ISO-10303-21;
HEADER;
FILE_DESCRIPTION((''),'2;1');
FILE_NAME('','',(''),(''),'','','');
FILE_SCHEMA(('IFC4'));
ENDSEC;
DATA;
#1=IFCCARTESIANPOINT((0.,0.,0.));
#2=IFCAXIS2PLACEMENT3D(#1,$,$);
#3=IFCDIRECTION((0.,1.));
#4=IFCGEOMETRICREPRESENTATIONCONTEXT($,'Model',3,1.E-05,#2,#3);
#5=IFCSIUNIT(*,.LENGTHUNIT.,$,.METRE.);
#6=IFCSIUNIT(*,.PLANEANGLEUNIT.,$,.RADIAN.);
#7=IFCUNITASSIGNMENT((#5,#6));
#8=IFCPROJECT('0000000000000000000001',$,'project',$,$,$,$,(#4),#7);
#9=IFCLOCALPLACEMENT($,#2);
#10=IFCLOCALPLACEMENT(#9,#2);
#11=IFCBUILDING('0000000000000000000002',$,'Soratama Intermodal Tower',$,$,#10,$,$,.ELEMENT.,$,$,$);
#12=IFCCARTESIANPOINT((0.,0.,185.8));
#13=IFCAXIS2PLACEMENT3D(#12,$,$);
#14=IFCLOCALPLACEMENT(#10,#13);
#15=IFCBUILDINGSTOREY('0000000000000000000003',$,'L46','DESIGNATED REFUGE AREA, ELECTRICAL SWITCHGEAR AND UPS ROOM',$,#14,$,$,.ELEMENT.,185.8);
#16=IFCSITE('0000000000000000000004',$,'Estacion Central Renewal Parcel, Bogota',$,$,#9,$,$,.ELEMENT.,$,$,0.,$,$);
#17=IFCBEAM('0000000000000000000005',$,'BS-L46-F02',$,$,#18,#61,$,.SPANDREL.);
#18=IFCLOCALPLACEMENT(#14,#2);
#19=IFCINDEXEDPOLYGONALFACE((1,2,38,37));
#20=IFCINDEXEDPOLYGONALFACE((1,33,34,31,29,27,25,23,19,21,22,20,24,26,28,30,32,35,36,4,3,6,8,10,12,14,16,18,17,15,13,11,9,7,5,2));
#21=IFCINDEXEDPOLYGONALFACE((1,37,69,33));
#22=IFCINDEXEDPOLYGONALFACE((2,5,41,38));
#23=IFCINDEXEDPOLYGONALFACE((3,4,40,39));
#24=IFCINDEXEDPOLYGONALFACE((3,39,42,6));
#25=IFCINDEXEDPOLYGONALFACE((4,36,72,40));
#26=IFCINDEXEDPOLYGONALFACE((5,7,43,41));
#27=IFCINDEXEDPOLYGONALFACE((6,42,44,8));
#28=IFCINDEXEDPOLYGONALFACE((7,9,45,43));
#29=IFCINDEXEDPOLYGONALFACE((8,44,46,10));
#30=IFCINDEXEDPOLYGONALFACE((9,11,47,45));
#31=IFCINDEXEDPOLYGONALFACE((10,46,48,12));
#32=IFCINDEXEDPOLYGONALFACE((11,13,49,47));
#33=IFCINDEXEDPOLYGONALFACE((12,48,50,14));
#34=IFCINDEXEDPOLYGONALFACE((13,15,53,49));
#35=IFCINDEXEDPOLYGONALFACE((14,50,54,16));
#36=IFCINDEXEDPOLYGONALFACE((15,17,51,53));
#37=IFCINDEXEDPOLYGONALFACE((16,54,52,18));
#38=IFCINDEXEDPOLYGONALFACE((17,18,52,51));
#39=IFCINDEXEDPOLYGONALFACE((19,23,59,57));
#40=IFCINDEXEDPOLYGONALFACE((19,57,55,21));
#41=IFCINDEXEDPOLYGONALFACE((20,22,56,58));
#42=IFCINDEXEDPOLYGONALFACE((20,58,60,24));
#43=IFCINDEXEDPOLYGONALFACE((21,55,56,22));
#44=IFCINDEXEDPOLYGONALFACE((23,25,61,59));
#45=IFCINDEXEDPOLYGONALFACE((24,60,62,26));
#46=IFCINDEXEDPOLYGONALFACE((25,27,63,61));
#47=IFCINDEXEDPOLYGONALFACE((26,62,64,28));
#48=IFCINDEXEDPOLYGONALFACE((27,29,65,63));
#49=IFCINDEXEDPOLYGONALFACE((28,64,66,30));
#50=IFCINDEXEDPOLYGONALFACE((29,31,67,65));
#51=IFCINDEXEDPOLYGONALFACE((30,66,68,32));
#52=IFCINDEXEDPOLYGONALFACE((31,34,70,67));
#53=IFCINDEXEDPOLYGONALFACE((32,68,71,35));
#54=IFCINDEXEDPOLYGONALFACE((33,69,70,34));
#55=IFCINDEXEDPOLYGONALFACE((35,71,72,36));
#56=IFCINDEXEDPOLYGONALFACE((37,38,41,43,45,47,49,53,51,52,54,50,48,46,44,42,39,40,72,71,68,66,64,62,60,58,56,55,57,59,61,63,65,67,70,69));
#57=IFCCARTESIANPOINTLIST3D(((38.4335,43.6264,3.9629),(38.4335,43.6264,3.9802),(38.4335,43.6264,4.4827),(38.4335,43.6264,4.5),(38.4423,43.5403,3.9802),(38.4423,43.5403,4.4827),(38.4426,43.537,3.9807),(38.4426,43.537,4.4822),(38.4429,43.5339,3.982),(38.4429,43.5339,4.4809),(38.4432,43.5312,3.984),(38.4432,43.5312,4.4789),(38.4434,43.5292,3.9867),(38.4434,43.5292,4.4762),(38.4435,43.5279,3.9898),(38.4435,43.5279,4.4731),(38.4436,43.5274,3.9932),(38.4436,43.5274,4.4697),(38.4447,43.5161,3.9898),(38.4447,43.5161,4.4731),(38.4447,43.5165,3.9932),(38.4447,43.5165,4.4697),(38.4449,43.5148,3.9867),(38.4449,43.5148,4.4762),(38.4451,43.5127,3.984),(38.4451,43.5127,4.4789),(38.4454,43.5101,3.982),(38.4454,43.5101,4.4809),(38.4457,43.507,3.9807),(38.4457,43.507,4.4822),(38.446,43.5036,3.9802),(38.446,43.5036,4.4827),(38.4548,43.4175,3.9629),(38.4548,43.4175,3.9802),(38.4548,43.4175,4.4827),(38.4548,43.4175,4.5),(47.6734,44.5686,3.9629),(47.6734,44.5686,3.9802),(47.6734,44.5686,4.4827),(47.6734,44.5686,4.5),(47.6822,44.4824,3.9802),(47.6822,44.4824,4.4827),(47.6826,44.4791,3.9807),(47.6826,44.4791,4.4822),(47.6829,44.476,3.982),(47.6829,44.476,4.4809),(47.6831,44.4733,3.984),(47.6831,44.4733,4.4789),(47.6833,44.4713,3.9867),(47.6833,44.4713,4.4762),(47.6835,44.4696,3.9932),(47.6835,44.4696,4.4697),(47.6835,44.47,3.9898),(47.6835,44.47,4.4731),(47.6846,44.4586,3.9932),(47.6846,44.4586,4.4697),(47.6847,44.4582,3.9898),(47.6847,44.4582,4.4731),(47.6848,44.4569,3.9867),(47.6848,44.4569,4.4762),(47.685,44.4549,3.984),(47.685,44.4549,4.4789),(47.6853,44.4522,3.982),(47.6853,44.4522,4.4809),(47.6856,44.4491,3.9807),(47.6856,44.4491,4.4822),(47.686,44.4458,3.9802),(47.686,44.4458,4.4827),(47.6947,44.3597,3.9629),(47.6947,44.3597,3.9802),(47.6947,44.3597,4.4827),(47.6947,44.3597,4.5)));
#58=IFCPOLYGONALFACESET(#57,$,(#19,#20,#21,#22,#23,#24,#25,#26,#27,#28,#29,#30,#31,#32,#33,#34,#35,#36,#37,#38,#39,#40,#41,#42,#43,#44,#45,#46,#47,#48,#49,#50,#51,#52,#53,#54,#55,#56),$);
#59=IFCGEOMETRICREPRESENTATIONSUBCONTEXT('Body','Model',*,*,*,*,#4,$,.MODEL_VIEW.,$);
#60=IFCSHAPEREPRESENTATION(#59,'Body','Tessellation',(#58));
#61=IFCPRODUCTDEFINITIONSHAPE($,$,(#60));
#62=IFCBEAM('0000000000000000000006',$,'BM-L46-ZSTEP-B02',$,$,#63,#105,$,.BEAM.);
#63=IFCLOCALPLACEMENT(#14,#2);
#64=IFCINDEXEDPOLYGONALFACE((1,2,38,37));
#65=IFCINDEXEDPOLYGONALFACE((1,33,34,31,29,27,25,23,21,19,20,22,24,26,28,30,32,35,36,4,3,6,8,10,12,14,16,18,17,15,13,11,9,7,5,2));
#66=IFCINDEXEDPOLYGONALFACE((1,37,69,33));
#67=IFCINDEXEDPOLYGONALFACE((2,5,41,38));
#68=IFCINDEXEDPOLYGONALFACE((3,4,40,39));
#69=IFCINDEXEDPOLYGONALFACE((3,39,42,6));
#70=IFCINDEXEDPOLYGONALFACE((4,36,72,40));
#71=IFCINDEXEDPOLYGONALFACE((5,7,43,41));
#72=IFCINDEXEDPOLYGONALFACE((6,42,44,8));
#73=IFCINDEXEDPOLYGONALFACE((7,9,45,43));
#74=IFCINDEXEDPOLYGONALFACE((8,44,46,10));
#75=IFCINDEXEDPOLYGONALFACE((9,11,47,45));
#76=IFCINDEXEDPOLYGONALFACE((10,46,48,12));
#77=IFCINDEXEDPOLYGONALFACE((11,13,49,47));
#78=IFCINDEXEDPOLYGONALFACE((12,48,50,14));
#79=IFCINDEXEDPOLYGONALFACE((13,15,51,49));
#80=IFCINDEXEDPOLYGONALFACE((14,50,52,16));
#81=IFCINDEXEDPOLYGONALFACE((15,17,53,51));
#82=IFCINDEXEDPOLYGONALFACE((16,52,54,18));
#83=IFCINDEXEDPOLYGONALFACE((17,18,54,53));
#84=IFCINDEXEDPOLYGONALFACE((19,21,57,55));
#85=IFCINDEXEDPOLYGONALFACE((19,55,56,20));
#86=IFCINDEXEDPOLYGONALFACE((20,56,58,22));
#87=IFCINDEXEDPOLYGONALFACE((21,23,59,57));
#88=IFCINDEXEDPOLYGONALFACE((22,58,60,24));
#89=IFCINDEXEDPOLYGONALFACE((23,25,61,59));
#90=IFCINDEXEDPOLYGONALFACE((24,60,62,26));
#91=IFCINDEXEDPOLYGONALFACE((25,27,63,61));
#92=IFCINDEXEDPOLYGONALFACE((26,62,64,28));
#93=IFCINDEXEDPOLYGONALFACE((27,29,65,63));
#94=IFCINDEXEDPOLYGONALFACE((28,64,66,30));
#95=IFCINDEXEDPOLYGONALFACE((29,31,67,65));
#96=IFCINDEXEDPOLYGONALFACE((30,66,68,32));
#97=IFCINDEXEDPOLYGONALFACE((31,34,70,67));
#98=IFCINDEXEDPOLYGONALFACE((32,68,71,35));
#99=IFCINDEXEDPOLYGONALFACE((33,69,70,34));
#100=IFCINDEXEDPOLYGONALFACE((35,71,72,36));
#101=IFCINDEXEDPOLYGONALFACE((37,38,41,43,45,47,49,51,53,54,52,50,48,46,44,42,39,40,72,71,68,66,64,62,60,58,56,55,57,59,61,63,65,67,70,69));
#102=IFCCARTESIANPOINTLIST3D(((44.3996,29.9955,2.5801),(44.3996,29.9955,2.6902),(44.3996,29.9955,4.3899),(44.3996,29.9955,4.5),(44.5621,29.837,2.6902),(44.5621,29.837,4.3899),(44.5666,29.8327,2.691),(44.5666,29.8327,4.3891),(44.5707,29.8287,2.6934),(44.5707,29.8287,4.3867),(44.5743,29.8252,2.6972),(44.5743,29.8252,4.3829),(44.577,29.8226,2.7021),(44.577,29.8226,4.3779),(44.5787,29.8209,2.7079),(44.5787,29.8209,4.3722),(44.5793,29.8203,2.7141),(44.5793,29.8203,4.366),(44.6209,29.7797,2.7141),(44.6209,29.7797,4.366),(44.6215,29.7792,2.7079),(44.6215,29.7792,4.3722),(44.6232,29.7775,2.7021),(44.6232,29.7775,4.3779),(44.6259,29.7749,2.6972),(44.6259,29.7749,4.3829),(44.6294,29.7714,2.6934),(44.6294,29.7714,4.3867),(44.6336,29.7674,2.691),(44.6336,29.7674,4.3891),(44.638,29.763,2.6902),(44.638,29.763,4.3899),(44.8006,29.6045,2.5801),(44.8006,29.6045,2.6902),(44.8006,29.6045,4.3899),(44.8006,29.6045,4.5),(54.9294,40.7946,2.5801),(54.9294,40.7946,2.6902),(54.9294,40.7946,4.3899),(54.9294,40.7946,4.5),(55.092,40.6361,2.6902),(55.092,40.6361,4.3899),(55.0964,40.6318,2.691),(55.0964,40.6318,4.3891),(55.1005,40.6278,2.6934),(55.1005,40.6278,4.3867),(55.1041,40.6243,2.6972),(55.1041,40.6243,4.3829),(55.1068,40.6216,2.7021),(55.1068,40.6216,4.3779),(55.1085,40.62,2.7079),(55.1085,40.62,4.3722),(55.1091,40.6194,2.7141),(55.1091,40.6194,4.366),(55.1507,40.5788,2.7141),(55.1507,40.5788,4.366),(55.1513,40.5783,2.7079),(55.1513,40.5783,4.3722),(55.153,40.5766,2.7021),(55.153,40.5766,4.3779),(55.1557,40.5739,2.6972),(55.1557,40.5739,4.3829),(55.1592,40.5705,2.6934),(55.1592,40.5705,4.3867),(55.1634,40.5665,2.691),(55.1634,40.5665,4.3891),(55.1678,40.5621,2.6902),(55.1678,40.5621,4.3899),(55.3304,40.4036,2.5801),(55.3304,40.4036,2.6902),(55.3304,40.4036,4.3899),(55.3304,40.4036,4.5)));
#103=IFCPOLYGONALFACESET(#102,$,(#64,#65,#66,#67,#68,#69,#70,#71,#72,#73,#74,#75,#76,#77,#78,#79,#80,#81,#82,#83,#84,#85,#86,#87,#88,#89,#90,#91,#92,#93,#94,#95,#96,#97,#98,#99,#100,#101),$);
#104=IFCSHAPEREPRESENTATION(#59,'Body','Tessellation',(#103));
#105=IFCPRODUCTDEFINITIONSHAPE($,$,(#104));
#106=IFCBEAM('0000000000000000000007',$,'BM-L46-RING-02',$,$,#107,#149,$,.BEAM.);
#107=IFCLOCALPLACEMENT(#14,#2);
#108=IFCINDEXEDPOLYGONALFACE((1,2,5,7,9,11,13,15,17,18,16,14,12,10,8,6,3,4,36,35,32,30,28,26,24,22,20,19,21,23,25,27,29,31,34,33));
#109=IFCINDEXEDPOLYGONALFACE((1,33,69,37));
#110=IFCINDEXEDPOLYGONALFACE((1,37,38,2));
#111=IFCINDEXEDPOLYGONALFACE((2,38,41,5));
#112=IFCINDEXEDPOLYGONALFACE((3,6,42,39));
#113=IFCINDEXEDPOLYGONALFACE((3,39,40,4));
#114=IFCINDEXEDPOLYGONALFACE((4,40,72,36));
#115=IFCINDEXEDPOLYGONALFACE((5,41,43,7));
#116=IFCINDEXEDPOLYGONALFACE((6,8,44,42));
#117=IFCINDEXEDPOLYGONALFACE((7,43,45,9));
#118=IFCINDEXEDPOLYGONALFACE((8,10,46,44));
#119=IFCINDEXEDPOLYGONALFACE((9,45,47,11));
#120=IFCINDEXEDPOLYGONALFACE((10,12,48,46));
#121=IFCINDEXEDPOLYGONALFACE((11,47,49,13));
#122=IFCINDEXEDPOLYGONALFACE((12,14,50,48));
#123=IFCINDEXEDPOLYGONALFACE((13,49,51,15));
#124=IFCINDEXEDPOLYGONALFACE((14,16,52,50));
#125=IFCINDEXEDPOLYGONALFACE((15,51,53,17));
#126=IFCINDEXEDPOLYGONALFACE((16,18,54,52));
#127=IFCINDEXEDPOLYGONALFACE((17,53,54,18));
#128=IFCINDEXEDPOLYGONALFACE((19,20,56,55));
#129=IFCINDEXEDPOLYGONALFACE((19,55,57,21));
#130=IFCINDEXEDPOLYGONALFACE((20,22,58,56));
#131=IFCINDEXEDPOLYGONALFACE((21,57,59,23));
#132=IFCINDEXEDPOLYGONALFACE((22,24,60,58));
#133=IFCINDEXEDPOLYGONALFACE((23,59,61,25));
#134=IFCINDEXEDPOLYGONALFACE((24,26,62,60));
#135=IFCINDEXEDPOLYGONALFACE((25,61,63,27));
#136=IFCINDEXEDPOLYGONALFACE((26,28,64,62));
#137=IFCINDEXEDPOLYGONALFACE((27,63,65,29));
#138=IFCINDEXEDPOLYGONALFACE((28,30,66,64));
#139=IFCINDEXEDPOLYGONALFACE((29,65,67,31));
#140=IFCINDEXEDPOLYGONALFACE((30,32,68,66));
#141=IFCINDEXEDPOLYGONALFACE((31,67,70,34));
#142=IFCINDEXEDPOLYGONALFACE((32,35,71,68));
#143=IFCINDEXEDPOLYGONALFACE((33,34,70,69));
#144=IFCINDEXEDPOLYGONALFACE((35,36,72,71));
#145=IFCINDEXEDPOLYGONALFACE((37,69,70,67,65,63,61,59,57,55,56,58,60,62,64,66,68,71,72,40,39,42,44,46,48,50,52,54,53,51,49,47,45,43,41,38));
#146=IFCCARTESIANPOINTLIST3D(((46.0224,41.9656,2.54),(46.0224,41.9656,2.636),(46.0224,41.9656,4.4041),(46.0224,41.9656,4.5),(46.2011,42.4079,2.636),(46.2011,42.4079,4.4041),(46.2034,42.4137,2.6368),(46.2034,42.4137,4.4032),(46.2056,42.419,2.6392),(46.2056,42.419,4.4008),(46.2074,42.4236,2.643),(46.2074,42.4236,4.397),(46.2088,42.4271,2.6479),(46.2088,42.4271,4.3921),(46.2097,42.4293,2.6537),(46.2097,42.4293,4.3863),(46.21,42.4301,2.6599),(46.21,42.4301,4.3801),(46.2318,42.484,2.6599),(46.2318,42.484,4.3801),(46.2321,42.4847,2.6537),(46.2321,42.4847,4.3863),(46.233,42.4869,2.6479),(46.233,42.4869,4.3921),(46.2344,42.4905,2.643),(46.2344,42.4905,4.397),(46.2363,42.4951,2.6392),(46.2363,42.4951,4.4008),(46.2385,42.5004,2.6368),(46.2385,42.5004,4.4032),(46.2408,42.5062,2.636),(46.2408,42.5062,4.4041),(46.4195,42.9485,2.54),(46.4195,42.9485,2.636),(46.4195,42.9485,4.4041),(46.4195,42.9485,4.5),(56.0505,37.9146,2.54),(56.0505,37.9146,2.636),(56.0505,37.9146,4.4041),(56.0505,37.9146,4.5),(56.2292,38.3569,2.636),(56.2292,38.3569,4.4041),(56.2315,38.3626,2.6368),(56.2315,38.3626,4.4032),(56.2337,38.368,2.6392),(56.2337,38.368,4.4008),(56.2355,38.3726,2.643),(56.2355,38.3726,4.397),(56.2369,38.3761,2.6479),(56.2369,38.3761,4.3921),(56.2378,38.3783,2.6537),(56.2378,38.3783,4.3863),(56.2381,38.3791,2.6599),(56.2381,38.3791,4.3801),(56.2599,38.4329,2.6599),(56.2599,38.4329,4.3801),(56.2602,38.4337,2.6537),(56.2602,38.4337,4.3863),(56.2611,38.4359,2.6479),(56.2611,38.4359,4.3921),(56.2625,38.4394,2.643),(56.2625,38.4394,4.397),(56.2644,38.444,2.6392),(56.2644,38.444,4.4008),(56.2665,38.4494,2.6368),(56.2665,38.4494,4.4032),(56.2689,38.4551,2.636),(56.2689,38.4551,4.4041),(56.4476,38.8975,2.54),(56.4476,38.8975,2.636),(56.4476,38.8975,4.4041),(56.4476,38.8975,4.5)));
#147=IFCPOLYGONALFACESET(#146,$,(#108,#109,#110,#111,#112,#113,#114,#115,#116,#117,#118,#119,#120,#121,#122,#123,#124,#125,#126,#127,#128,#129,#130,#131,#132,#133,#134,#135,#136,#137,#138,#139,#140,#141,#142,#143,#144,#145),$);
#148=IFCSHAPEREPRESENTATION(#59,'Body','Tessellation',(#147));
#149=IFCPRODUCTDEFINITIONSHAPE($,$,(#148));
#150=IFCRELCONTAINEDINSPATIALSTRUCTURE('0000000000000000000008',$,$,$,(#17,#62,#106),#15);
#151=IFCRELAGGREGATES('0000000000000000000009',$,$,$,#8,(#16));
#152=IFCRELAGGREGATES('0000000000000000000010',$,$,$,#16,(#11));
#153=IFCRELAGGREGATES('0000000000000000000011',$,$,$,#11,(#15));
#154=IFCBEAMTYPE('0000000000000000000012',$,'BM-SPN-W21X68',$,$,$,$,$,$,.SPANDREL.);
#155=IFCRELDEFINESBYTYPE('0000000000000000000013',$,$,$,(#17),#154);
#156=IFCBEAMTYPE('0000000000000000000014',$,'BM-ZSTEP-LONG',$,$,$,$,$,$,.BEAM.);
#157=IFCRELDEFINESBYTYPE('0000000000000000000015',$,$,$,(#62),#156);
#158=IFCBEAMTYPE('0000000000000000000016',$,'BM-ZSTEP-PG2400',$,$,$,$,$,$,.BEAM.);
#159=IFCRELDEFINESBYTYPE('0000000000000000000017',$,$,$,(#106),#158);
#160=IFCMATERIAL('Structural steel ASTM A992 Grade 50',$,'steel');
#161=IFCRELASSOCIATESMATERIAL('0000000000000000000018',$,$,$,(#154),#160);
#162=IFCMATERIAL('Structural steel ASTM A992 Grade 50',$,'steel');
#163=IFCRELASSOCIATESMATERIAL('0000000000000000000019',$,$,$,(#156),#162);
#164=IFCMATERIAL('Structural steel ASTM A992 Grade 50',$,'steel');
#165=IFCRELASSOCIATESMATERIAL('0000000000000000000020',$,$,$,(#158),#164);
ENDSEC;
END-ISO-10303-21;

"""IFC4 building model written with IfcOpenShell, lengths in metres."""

from ifc_helpers import new_model, si_unit, direction, frame, origin, origin_2d, place, context, subcontext, project, spatial, i_section, extrude, material, material_profile, profile_set, type_object, element, save


model = new_model("IFC4")

# Units and contexts
model_context = context("Model", 3, precision=1e-05, world=origin(), true_north=direction((0.0, 1.0)))
body_context = subcontext(model_context, "Body", "Model", "MODEL_VIEW")
ifc_project = project(units=[si_unit("LENGTHUNIT", "METRE"), si_unit("PLANEANGLEUNIT", "RADIAN")], contexts=[model_context])

# Site, building, storey
site_placement = place(None, origin())
site = spatial("IfcSite", under=ifc_project, at=site_placement, Name="Estacion Central Renewal Parcel, Bogota", CompositionType="ELEMENT", RefElevation=0.0)
building_placement = place(site_placement, origin())
building = spatial("IfcBuilding", under=site, at=building_placement, Name="Soratama Intermodal Tower", CompositionType="ELEMENT")
storey_placement = place(building_placement, frame((0.0, 0.0, 185.8)))
storey = spatial("IfcBuildingStorey", under=building, at=storey_placement, Name="L46", Description="DESIGNATED REFUGE AREA, ELECTRICAL SWITCHGEAR AND UPS ROOM", CompositionType="ELEMENT", Elevation=185.8)

# Beams
ifc_material_1 = material(Name="Structural steel ASTM A992 Grade 50", Category="steel")
ifc_material_profile_1 = material_profile(ifc_material_1, i_section(OverallWidth=0.21, OverallDepth=0.5371, WebThickness=0.011, FlangeThickness=0.0173, FilletRadius=0.0129, at=origin_2d()), Name="W21X68")
ifc_profile_set_1 = profile_set([ifc_material_profile_1], Name="Structural steel ASTM A992 Grade 50")
beam_type_1 = type_object("IfcBeamType", Name="BM-SPN-W21X68", PredefinedType="SPANDREL", material=ifc_profile_set_1)
beam_1_placement = place(storey_placement, frame((47.6841, 44.4641, 4.2314), z_axis=(-0.994842, -0.101437, 0.0), x_axis=(0.101437, -0.994842, 0.0)))
element("IfcBeam", 1, at=beam_1_placement, inside=storey, type_object=beam_type_1, Name="BS-L46-F02", PredefinedType="SPANDREL", context=body_context, shape_type="SweptSolid", body=[
    extrude(i_section(OverallWidth=0.21, OverallDepth=0.5371, WebThickness=0.011, FlangeThickness=0.0173, FilletRadius=0.0129, at=origin_2d()), origin(), (0.0, 0.0, 1.0), 9.2878),
])
ifc_material_2 = material(Name="Structural steel ASTM A992 Grade 50", Category="steel")
ifc_material_profile_2 = material_profile(ifc_material_2, i_section(OverallWidth=0.5601, OverallDepth=1.9199, WebThickness=0.0581, FlangeThickness=0.1101, FilletRadius=0.0239, at=origin_2d()), Name="PG2150X720")
ifc_profile_set_2 = profile_set([ifc_material_profile_2], Name="Structural steel ASTM A992 Grade 50")
beam_type_2 = type_object("IfcBeamType", Name="BM-ZSTEP-LONG", PredefinedType="BEAM", material=ifc_profile_set_2)
beam_2_placement = place(storey_placement, frame((55.1299, 40.5991, 3.54), z_axis=(-0.698124, -0.715977, 0.0), x_axis=(0.715977, -0.698124, 0.0)))
element("IfcBeam", 2, at=beam_2_placement, inside=storey, type_object=beam_type_2, Name="BM-L46-ZSTEP-B02", PredefinedType="BEAM", context=body_context, shape_type="SweptSolid", body=[
    extrude(i_section(OverallWidth=0.5601, OverallDepth=1.9199, WebThickness=0.0581, FlangeThickness=0.1101, FilletRadius=0.0239, at=origin_2d()), origin(), (0.0, 0.0, 1.0), 15.083),
])
ifc_material_3 = material(Name="Structural steel ASTM A992 Grade 50", Category="steel")
ifc_material_profile_3 = material_profile(ifc_material_3, i_section(OverallWidth=1.0601, OverallDepth=1.96, WebThickness=0.0581, FlangeThickness=0.0959, FilletRadius=0.0239, at=origin_2d()), Name="PG2400X900")
ifc_profile_set_3 = profile_set([ifc_material_profile_3], Name="Structural steel ASTM A992 Grade 50")
beam_type_3 = type_object("IfcBeamType", Name="BM-ZSTEP-PG2400", PredefinedType="BEAM", material=ifc_profile_set_3)
beam_3_placement = place(storey_placement, frame((56.249, 38.406, 3.52), z_axis=(-0.927202, 0.37456, 0.0), x_axis=(-0.37456, -0.927202, 0.0)))
element("IfcBeam", 3, at=beam_3_placement, inside=storey, type_object=beam_type_3, Name="BM-L46-RING-02", PredefinedType="BEAM", context=body_context, shape_type="SweptSolid", body=[
    extrude(i_section(OverallWidth=1.0601, OverallDepth=1.96, WebThickness=0.0581, FlangeThickness=0.0959, FilletRadius=0.0239, at=origin_2d()), origin(), (0.0, 0.0, 1.0), 10.8154),
])

save(model, "model.ifc")
